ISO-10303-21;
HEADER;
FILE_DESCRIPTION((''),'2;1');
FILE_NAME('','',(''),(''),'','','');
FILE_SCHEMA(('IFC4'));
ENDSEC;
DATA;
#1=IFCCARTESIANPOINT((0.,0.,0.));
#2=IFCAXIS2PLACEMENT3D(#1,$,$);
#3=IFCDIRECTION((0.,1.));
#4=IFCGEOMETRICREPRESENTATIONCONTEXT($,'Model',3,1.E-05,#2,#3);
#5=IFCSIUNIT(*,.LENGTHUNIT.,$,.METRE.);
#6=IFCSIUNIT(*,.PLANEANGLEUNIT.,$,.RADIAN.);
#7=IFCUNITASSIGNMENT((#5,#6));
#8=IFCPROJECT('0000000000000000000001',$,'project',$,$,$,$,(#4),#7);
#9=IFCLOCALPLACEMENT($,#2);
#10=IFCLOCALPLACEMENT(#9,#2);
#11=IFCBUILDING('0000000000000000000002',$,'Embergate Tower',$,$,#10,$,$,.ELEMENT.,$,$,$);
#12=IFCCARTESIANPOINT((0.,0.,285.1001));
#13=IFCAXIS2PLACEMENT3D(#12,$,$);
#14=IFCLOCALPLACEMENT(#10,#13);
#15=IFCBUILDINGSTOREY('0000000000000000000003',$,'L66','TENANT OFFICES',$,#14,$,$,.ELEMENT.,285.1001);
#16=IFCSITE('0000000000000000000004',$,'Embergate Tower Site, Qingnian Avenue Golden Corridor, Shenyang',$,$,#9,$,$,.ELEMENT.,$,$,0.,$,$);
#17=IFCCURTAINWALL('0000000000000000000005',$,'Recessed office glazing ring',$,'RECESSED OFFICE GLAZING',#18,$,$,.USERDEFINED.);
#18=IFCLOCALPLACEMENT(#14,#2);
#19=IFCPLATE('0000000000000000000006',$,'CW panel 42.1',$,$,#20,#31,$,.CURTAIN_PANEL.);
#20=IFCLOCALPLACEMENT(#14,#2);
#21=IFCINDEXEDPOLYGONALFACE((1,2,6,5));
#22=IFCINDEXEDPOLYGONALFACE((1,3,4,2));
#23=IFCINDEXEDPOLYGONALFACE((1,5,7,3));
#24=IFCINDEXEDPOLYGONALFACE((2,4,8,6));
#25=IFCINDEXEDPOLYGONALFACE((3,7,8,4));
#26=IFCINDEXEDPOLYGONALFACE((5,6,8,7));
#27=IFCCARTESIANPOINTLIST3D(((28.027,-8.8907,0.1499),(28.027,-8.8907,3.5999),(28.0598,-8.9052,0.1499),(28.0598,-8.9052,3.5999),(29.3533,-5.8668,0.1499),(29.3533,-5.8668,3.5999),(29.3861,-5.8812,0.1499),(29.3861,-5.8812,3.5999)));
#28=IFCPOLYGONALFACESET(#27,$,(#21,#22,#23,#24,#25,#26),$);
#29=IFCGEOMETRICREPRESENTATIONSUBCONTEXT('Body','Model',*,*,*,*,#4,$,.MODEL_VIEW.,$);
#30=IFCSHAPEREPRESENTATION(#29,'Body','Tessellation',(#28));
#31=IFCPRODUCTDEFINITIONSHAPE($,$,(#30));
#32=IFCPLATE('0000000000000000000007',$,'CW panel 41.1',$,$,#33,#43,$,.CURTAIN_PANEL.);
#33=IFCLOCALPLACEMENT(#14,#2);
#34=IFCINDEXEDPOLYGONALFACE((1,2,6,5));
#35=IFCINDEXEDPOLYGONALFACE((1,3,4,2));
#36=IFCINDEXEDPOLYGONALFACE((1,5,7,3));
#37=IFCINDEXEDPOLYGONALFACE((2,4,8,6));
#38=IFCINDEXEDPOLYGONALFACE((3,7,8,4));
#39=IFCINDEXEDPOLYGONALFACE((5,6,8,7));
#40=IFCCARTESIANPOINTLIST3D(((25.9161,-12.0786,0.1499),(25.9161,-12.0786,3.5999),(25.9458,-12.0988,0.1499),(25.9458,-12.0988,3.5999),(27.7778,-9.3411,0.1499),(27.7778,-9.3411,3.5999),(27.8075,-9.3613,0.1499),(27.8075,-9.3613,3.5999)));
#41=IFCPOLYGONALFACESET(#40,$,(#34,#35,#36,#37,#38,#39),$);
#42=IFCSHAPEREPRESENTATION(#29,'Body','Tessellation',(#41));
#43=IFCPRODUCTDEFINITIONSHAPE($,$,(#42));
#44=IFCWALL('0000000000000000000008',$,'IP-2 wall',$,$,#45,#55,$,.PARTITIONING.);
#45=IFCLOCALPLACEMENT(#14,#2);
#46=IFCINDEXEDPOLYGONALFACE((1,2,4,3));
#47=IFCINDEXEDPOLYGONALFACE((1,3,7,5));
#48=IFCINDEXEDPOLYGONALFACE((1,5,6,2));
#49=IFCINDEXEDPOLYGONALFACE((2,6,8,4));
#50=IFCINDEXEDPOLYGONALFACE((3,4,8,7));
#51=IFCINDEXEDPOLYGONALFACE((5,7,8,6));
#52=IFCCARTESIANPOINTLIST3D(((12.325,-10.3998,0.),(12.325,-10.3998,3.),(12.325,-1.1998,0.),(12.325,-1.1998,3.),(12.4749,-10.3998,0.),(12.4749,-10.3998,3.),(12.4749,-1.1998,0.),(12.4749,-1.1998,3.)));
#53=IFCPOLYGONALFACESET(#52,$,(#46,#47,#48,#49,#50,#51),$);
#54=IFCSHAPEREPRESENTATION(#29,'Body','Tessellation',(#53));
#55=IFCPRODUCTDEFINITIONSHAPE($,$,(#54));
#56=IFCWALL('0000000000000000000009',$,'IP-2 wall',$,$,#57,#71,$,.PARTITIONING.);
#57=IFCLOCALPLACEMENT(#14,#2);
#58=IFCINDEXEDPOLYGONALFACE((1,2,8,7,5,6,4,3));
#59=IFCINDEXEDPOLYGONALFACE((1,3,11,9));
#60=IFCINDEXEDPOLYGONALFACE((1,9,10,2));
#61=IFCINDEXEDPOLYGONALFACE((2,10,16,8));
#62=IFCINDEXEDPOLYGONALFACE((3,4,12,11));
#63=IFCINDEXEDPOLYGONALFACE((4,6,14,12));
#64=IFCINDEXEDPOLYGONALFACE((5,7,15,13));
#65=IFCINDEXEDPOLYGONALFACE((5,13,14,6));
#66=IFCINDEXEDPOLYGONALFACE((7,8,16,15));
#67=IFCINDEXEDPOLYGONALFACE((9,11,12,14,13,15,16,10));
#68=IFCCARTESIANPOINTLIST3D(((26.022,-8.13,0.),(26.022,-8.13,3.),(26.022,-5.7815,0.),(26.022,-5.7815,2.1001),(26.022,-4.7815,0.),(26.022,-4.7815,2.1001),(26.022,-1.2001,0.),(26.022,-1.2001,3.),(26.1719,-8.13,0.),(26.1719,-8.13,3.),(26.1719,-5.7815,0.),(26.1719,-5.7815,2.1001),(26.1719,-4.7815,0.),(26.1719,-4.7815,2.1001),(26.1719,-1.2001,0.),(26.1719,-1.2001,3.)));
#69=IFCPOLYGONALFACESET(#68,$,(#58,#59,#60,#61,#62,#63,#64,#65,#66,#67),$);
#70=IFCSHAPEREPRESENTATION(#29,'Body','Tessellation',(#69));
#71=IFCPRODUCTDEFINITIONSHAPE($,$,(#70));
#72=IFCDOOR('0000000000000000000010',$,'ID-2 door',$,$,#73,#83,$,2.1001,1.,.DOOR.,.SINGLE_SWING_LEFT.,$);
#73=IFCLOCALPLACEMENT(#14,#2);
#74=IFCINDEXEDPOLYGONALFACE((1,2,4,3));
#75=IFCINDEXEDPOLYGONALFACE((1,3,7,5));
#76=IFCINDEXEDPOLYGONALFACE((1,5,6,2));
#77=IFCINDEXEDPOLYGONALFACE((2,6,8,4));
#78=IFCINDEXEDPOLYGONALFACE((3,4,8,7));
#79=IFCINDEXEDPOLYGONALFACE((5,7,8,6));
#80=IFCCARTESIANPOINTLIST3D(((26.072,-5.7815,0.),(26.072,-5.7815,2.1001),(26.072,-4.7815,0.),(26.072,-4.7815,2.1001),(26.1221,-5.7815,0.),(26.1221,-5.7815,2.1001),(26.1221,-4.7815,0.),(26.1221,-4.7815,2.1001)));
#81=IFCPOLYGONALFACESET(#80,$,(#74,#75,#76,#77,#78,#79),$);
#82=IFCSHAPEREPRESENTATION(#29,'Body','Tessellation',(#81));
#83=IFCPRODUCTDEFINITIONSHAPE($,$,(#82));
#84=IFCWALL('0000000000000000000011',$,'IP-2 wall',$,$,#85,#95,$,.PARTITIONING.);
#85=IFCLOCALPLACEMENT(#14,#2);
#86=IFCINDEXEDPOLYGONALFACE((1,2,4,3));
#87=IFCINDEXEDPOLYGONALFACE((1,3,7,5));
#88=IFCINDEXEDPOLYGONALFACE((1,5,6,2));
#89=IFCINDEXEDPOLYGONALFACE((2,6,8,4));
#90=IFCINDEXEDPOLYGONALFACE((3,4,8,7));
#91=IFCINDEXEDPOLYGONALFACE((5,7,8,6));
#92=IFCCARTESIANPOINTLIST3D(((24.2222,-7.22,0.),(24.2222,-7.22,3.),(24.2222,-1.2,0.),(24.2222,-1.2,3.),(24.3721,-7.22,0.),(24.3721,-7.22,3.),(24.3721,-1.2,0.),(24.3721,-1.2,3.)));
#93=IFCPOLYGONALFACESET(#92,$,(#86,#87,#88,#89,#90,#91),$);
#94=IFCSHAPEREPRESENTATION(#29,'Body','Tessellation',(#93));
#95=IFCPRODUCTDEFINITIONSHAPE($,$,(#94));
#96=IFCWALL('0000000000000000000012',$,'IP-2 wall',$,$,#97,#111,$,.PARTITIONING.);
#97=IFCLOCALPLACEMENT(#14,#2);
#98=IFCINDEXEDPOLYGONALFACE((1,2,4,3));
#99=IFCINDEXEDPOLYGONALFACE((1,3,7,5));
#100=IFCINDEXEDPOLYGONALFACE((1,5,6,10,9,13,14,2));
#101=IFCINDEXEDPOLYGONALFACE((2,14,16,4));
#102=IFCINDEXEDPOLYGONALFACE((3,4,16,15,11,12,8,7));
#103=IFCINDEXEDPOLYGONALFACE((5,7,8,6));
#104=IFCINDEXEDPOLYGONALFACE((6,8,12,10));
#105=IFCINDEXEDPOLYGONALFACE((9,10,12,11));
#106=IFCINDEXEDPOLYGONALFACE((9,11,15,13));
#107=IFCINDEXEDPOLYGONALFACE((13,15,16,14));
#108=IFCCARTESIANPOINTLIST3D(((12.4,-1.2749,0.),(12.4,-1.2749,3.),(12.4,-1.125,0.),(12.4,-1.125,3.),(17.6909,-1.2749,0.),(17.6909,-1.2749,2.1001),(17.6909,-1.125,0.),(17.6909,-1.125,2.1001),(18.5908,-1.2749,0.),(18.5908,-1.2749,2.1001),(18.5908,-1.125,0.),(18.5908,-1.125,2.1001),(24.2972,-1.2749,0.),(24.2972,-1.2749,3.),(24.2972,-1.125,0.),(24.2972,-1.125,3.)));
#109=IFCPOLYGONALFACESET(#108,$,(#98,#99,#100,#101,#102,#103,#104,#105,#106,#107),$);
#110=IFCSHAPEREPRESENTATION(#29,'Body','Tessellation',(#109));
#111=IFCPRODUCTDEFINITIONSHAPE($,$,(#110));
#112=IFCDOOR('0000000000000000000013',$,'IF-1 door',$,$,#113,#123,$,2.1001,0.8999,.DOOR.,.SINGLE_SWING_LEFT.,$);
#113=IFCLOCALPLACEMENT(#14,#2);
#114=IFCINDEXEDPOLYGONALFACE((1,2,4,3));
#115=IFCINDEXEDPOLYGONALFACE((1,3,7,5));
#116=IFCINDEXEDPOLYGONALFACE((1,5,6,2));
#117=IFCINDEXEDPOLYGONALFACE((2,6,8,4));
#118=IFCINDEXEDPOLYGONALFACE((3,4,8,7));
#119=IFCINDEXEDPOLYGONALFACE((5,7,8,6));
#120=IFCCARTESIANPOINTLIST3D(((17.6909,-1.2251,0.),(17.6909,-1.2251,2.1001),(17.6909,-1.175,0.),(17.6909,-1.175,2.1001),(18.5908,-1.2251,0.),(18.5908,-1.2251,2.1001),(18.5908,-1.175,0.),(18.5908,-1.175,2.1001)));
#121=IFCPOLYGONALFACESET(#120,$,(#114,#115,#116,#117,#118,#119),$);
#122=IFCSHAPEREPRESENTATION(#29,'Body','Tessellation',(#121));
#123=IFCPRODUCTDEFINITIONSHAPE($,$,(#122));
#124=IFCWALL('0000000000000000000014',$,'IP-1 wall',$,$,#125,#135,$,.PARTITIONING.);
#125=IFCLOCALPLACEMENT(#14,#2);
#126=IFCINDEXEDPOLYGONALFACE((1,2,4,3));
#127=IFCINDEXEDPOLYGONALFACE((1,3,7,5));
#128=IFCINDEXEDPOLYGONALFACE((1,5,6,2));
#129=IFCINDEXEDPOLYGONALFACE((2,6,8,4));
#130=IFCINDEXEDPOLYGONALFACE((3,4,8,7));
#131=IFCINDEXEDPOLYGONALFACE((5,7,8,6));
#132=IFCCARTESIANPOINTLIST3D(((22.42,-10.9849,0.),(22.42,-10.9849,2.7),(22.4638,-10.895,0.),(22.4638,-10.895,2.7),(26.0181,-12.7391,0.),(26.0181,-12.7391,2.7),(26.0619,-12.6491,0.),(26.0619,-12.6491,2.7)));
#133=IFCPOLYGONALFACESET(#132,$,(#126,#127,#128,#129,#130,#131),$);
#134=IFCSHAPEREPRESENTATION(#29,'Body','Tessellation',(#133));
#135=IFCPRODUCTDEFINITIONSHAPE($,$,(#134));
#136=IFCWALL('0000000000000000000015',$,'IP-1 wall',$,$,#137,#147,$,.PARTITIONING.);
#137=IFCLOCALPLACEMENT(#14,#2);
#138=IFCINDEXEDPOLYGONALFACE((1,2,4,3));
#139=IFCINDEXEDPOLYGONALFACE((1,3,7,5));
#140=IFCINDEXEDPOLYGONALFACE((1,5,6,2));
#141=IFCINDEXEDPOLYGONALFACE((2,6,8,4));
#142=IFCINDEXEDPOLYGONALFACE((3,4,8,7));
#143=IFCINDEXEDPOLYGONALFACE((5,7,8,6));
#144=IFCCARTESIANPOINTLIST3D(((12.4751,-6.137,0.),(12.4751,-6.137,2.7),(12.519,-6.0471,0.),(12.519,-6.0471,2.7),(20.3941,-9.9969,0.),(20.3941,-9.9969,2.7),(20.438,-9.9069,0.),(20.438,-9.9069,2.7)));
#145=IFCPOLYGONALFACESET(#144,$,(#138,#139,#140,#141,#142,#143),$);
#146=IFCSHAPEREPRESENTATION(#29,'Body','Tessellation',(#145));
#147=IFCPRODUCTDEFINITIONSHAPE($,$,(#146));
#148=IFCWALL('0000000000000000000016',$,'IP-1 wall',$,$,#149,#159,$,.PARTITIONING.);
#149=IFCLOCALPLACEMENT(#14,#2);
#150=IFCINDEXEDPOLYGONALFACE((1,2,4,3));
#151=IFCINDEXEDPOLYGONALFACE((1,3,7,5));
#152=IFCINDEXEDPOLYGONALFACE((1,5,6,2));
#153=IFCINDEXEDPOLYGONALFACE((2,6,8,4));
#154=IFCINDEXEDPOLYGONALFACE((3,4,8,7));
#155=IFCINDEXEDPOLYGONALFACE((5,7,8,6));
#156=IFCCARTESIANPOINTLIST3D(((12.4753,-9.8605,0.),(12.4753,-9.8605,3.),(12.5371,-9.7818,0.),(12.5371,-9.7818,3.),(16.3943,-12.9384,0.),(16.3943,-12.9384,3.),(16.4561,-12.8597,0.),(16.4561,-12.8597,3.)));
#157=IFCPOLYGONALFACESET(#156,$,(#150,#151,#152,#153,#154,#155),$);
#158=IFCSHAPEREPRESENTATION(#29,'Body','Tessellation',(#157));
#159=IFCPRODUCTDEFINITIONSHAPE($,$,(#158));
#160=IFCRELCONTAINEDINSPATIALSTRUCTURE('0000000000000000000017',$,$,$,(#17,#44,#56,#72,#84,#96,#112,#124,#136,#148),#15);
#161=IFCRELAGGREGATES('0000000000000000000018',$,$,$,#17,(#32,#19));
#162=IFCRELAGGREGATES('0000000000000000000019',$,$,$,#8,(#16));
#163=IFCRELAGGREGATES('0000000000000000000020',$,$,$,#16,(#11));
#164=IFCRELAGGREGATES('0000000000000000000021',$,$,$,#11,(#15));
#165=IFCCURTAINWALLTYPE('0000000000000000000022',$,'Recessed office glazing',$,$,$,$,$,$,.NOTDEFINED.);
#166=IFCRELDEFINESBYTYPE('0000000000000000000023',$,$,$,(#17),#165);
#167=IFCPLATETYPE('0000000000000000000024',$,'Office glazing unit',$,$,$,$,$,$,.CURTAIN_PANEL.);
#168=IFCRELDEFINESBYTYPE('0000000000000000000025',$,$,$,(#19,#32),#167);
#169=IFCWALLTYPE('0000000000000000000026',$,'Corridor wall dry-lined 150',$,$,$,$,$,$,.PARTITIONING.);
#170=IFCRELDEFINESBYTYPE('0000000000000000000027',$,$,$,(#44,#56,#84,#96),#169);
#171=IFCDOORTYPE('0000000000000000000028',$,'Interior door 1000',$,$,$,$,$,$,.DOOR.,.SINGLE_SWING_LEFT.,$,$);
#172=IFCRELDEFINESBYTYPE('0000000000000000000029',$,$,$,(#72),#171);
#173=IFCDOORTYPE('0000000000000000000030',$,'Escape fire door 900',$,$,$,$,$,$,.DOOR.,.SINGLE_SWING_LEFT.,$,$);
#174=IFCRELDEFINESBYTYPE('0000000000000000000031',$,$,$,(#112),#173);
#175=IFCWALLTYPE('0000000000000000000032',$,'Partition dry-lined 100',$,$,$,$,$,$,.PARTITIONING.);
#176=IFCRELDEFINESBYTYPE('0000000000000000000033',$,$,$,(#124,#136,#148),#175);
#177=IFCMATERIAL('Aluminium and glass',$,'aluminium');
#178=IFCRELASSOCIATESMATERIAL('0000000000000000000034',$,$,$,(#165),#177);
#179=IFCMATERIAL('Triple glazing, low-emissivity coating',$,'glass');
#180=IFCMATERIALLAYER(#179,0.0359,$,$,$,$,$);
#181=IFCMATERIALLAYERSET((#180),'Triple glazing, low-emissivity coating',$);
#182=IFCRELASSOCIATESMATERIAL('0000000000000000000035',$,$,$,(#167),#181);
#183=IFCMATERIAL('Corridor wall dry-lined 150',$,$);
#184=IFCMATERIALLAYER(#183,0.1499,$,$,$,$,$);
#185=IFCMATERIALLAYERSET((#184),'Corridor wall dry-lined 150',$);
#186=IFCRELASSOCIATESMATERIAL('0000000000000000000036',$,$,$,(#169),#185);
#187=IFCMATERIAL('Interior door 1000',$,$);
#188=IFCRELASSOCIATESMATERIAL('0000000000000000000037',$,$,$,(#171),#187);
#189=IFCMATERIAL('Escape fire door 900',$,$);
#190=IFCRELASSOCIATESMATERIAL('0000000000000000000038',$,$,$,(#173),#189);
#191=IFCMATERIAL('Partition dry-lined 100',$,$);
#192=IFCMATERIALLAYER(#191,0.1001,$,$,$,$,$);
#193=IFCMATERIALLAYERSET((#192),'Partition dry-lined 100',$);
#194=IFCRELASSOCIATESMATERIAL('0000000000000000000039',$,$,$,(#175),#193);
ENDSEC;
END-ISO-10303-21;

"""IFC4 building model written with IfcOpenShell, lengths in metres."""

from ifc_helpers import new_model, si_unit, direction, frame, frame_2d, origin, origin_2d, place, context, subcontext, project, spatial, rectangle, extrude, source, transform, mapped, material, layer, layer_set, type_object, element, fill, aggregate, save


model = new_model("IFC4")

# Units and contexts
model_context = context("Model", 3, precision=1e-05, world=origin(), true_north=direction((0.0, 1.0)))
body_context = subcontext(model_context, "Body", "Model", "MODEL_VIEW")
ifc_project = project(units=[si_unit("LENGTHUNIT", "METRE"), si_unit("PLANEANGLEUNIT", "RADIAN")], contexts=[model_context])

# Site, building, storey
site_placement = place(None, origin())
site = spatial("IfcSite", under=ifc_project, at=site_placement, Name="Embergate Tower Site, Qingnian Avenue Golden Corridor, Shenyang", CompositionType="ELEMENT", RefElevation=0.0)
building_placement = place(site_placement, origin())
building = spatial("IfcBuilding", under=site, at=building_placement, Name="Embergate Tower", CompositionType="ELEMENT")
storey_placement = place(building_placement, frame((0.0, 0.0, 285.1001)))
storey = spatial("IfcBuildingStorey", under=building, at=storey_placement, Name="L66", Description="TENANT OFFICES", CompositionType="ELEMENT", Elevation=285.1001)

# Curtain wall, plates
ifc_material_1 = material(Name="Aluminium and glass", Category="aluminium")
curtain_wall_type = type_object("IfcCurtainWallType", Name="Recessed office glazing", PredefinedType="NOTDEFINED", material=ifc_material_1)
curtain_wall_placement = place(storey_placement, origin())
curtain_wall = element("IfcCurtainWall", 1, at=curtain_wall_placement, inside=storey, type_object=curtain_wall_type, Name="Recessed office glazing ring", ObjectType="RECESSED OFFICE GLAZING", PredefinedType="USERDEFINED")
ifc_material_2 = material(Name="Triple glazing, low-emissivity coating", Category="glass")
ifc_layer_1 = layer(ifc_material_2, 0.0359)
ifc_layer_set_1 = layer_set([ifc_layer_1], Name="Triple glazing, low-emissivity coating")
plate_type = type_object("IfcPlateType", Name="Office glazing unit", PredefinedType="CURTAIN_PANEL", material=ifc_layer_set_1)
shared_shape_1 = source(origin(), body_context, "Body", "SweptSolid", [
    extrude(rectangle(XDim=3.302, YDim=0.0359, at=origin_2d()), origin(), (0.0, 0.0, 1.0), 3.45),
])
plate_1_placement = place(storey_placement, frame((28.7065, -7.386, 0.1499), z_axis=(0.0, 0.0, 1.0), x_axis=(0.401663, 0.915787, 0.0)))
plate_1 = element("IfcPlate", 2, at=plate_1_placement, type_object=plate_type, Name="CW panel 42.1", PredefinedType="CURTAIN_PANEL", context=body_context, shape_type="MappedRepresentation", body=[
    mapped(shared_shape_1, transform((0.0, 0.0, 0.0))),
])
shared_shape_2 = source(origin(), body_context, "Body", "SweptSolid", [
    extrude(rectangle(XDim=3.3105, YDim=0.0359, at=origin_2d()), origin(), (0.0, 0.0, 1.0), 3.45),
])
plate_2_placement = place(storey_placement, frame((26.8618, -10.72, 0.1499), z_axis=(0.0, 0.0, 1.0), x_axis=(0.562353, 0.826897, 0.0)))
plate_2 = element("IfcPlate", 3, at=plate_2_placement, type_object=plate_type, Name="CW panel 41.1", PredefinedType="CURTAIN_PANEL", context=body_context, shape_type="MappedRepresentation", body=[
    mapped(shared_shape_2, transform((0.0, 0.0, 0.0))),
])
aggregate(curtain_wall, [plate_2, plate_1])

# Wall
ifc_material_3 = material(Name="Corridor wall dry-lined 150")
ifc_layer_2 = layer(ifc_material_3, 0.1499)
ifc_layer_set_2 = layer_set([ifc_layer_2], Name="Corridor wall dry-lined 150")
wall_type_1 = type_object("IfcWallType", Name="Corridor wall dry-lined 150", PredefinedType="PARTITIONING", material=ifc_layer_set_2)
shared_shape_3 = source(origin(), body_context, "Body", "SweptSolid", [
    extrude(rectangle(XDim=9.2, YDim=0.1499, at=frame_2d((4.6001, 0.0))), origin(), (0.0, 0.0, 1.0), 3.0),
])
wall_1_placement = place(storey_placement, frame((12.3999, -10.3999, 0.0), z_axis=(0.0, 0.0, 1.0), x_axis=(0.0, 1.0, 0.0)))
element("IfcWall", 4, at=wall_1_placement, inside=storey, type_object=wall_type_1, Name="IP-2 wall", PredefinedType="PARTITIONING", context=body_context, shape_type="MappedRepresentation", body=[
    mapped(shared_shape_3, transform((0.0, 0.0, 0.0))),
])

# Wall, opening, door
shared_shape_4 = source(origin(), body_context, "Body", "SweptSolid", [
    extrude(rectangle(XDim=6.9299, YDim=0.1499, at=frame_2d((3.4648, 0.0))), origin(), (0.0, 0.0, 1.0), 3.0),
])
wall_2_placement = place(storey_placement, frame((26.0969, -8.1299, 0.0), z_axis=(0.0, 0.0, 1.0), x_axis=(0.0, 1.0, 0.0)))
wall_2 = element("IfcWall", 5, at=wall_2_placement, inside=storey, type_object=wall_type_1, Name="IP-2 wall", PredefinedType="PARTITIONING", context=body_context, shape_type="MappedRepresentation", body=[
    mapped(shared_shape_4, transform((0.0, 0.0, 0.0))),
])
shared_shape_5 = source(origin(), body_context, "Body", "SweptSolid", [
    extrude(rectangle(XDim=1.0, YDim=2.1001, at=frame_2d((0.5, 1.05))), frame((0.0, 0.085, 0.0), z_axis=(0.0, -1.0, 0.0), x_axis=(1.0, 0.0, 0.0)), (0.0, 0.0, 1.0), 0.1699),
])
opening_1_placement = place(wall_2_placement, frame((2.3484, 0.0, 0.0)))
opening_1 = element("IfcOpeningElement", 6, at=opening_1_placement, cuts=wall_2, PredefinedType="OPENING", context=body_context, shape_type="MappedRepresentation", body=[
    mapped(shared_shape_5, transform((0.0, 0.0, 0.0))),
])
ifc_material_4 = material(Name="Interior door 1000")
door_type_1 = type_object("IfcDoorType", Name="Interior door 1000", OperationType="SINGLE_SWING_LEFT", PredefinedType="DOOR", material=ifc_material_4)
shared_shape_6 = source(origin(), body_context, "Body", "SweptSolid", [
    extrude(rectangle(XDim=1.0, YDim=2.1001, at=frame_2d((0.5, 1.05))), frame((0.0, 0.0249, 0.0), z_axis=(0.0, -1.0, 0.0), x_axis=(1.0, 0.0, 0.0)), (0.0, 0.0, 1.0), 0.05),
])
door_1_placement = place(opening_1_placement, origin())
door_1 = element("IfcDoor", 7, at=door_1_placement, inside=storey, type_object=door_type_1, Name="ID-2 door", OperationType="SINGLE_SWING_LEFT", OverallHeight=2.1001, OverallWidth=1.0, PredefinedType="DOOR", context=body_context, shape_type="MappedRepresentation", body=[
    mapped(shared_shape_6, transform((0.0, 0.0, 0.0))),
])
fill(opening_1, door_1)

# Wall
shared_shape_7 = source(origin(), body_context, "Body", "SweptSolid", [
    extrude(rectangle(XDim=6.02, YDim=0.1499, at=frame_2d((3.01, 0.0))), origin(), (0.0, 0.0, 1.0), 3.0),
])
wall_3_placement = place(storey_placement, frame((24.2971, -1.2, 0.0), z_axis=(0.0, 0.0, 1.0), x_axis=(0.0, -1.0, 0.0)))
element("IfcWall", 8, at=wall_3_placement, inside=storey, type_object=wall_type_1, Name="IP-2 wall", PredefinedType="PARTITIONING", context=body_context, shape_type="MappedRepresentation", body=[
    mapped(shared_shape_7, transform((0.0, 0.0, 0.0))),
])

# Wall, opening, door
shared_shape_8 = source(origin(), body_context, "Body", "SweptSolid", [
    extrude(rectangle(XDim=11.8972, YDim=0.1499, at=frame_2d((5.9487, 0.0))), origin(), (0.0, 0.0, 1.0), 3.0),
])
wall_4_placement = place(storey_placement, frame((12.3999, -1.2, 0.0), z_axis=(0.0, 0.0, 1.0), x_axis=(1.0, 0.0, 0.0)))
wall_4 = element("IfcWall", 9, at=wall_4_placement, inside=storey, type_object=wall_type_1, Name="IP-2 wall", PredefinedType="PARTITIONING", context=body_context, shape_type="MappedRepresentation", body=[
    mapped(shared_shape_8, transform((0.0, 0.0, 0.0))),
])
shared_shape_9 = source(origin(), body_context, "Body", "SweptSolid", [
    extrude(rectangle(XDim=0.8999, YDim=2.1001, at=frame_2d((0.45, 1.05))), frame((0.0, 0.085, 0.0), z_axis=(0.0, -1.0, 0.0), x_axis=(1.0, 0.0, 0.0)), (0.0, 0.0, 1.0), 0.1699),
])
opening_2_placement = place(wall_4_placement, frame((5.291, 0.0, 0.0)))
opening_2 = element("IfcOpeningElement", 10, at=opening_2_placement, cuts=wall_4, PredefinedType="OPENING", context=body_context, shape_type="MappedRepresentation", body=[
    mapped(shared_shape_9, transform((0.0, 0.0, 0.0))),
])
ifc_material_5 = material(Name="Escape fire door 900")
door_type_2 = type_object("IfcDoorType", Name="Escape fire door 900", OperationType="SINGLE_SWING_LEFT", PredefinedType="DOOR", material=ifc_material_5)
shared_shape_10 = source(origin(), body_context, "Body", "SweptSolid", [
    extrude(rectangle(XDim=0.8999, YDim=2.1001, at=frame_2d((0.45, 1.05))), frame((0.0, 0.0249, 0.0), z_axis=(0.0, -1.0, 0.0), x_axis=(1.0, 0.0, 0.0)), (0.0, 0.0, 1.0), 0.05),
])
door_2_placement = place(opening_2_placement, origin())
door_2 = element("IfcDoor", 11, at=door_2_placement, inside=storey, type_object=door_type_2, Name="IF-1 door", OperationType="SINGLE_SWING_LEFT", OverallHeight=2.1001, OverallWidth=0.8999, PredefinedType="DOOR", context=body_context, shape_type="MappedRepresentation", body=[
    mapped(shared_shape_10, transform((0.0, 0.0, 0.0))),
])
fill(opening_2, door_2)

# Walls
ifc_material_6 = material(Name="Partition dry-lined 100")
ifc_layer_3 = layer(ifc_material_6, 0.1001)
ifc_layer_set_3 = layer_set([ifc_layer_3], Name="Partition dry-lined 100")
wall_type_2 = type_object("IfcWallType", Name="Partition dry-lined 100", PredefinedType="PARTITIONING", material=ifc_layer_set_3)
shared_shape_11 = source(origin(), body_context, "Body", "SweptSolid", [
    extrude(rectangle(XDim=4.0029, YDim=0.1001, at=frame_2d((2.0015, 0.0))), origin(), (0.0, 0.0, 1.0), 2.7),
])
wall_5_placement = place(storey_placement, frame((22.4419, -10.9399, 0.0), z_axis=(0.0, 0.0, 1.0), x_axis=(0.898871, -0.438213, 0.0)))
element("IfcWall", 12, at=wall_5_placement, inside=storey, type_object=wall_type_2, Name="IP-1 wall", PredefinedType="PARTITIONING", context=body_context, shape_type="MappedRepresentation", body=[
    mapped(shared_shape_11, transform((0.0, 0.0, 0.0))),
])
shared_shape_12 = source(origin(), body_context, "Body", "SweptSolid", [
    extrude(rectangle(XDim=8.8096, YDim=0.1001, at=frame_2d((4.4048, 0.0))), origin(), (0.0, 0.0, 1.0), 2.7),
])
wall_6_placement = place(storey_placement, frame((12.4971, -6.092, 0.0), z_axis=(0.0, 0.0, 1.0), x_axis=(0.898904, -0.438145, 0.0)))
element("IfcWall", 13, at=wall_6_placement, inside=storey, type_object=wall_type_2, Name="IP-1 wall", PredefinedType="PARTITIONING", context=body_context, shape_type="MappedRepresentation", body=[
    mapped(shared_shape_12, transform((0.0, 0.0, 0.0))),
])
shared_shape_13 = source(origin(), body_context, "Body", "SweptSolid", [
    extrude(rectangle(XDim=4.9832, YDim=0.1001, at=frame_2d((2.4917, 0.0))), origin(), (0.0, 0.0, 1.0), 3.0),
])
wall_7_placement = place(storey_placement, frame((12.5061, -9.821, 0.0), z_axis=(0.0, 0.0, 1.0), x_axis=(0.786444, -0.617661, 0.0)))
element("IfcWall", 14, at=wall_7_placement, inside=storey, type_object=wall_type_2, Name="IP-1 wall", PredefinedType="PARTITIONING", context=body_context, shape_type="MappedRepresentation", body=[
    mapped(shared_shape_13, transform((0.0, 0.0, 0.0))),
])

save(model, "model.ifc")
